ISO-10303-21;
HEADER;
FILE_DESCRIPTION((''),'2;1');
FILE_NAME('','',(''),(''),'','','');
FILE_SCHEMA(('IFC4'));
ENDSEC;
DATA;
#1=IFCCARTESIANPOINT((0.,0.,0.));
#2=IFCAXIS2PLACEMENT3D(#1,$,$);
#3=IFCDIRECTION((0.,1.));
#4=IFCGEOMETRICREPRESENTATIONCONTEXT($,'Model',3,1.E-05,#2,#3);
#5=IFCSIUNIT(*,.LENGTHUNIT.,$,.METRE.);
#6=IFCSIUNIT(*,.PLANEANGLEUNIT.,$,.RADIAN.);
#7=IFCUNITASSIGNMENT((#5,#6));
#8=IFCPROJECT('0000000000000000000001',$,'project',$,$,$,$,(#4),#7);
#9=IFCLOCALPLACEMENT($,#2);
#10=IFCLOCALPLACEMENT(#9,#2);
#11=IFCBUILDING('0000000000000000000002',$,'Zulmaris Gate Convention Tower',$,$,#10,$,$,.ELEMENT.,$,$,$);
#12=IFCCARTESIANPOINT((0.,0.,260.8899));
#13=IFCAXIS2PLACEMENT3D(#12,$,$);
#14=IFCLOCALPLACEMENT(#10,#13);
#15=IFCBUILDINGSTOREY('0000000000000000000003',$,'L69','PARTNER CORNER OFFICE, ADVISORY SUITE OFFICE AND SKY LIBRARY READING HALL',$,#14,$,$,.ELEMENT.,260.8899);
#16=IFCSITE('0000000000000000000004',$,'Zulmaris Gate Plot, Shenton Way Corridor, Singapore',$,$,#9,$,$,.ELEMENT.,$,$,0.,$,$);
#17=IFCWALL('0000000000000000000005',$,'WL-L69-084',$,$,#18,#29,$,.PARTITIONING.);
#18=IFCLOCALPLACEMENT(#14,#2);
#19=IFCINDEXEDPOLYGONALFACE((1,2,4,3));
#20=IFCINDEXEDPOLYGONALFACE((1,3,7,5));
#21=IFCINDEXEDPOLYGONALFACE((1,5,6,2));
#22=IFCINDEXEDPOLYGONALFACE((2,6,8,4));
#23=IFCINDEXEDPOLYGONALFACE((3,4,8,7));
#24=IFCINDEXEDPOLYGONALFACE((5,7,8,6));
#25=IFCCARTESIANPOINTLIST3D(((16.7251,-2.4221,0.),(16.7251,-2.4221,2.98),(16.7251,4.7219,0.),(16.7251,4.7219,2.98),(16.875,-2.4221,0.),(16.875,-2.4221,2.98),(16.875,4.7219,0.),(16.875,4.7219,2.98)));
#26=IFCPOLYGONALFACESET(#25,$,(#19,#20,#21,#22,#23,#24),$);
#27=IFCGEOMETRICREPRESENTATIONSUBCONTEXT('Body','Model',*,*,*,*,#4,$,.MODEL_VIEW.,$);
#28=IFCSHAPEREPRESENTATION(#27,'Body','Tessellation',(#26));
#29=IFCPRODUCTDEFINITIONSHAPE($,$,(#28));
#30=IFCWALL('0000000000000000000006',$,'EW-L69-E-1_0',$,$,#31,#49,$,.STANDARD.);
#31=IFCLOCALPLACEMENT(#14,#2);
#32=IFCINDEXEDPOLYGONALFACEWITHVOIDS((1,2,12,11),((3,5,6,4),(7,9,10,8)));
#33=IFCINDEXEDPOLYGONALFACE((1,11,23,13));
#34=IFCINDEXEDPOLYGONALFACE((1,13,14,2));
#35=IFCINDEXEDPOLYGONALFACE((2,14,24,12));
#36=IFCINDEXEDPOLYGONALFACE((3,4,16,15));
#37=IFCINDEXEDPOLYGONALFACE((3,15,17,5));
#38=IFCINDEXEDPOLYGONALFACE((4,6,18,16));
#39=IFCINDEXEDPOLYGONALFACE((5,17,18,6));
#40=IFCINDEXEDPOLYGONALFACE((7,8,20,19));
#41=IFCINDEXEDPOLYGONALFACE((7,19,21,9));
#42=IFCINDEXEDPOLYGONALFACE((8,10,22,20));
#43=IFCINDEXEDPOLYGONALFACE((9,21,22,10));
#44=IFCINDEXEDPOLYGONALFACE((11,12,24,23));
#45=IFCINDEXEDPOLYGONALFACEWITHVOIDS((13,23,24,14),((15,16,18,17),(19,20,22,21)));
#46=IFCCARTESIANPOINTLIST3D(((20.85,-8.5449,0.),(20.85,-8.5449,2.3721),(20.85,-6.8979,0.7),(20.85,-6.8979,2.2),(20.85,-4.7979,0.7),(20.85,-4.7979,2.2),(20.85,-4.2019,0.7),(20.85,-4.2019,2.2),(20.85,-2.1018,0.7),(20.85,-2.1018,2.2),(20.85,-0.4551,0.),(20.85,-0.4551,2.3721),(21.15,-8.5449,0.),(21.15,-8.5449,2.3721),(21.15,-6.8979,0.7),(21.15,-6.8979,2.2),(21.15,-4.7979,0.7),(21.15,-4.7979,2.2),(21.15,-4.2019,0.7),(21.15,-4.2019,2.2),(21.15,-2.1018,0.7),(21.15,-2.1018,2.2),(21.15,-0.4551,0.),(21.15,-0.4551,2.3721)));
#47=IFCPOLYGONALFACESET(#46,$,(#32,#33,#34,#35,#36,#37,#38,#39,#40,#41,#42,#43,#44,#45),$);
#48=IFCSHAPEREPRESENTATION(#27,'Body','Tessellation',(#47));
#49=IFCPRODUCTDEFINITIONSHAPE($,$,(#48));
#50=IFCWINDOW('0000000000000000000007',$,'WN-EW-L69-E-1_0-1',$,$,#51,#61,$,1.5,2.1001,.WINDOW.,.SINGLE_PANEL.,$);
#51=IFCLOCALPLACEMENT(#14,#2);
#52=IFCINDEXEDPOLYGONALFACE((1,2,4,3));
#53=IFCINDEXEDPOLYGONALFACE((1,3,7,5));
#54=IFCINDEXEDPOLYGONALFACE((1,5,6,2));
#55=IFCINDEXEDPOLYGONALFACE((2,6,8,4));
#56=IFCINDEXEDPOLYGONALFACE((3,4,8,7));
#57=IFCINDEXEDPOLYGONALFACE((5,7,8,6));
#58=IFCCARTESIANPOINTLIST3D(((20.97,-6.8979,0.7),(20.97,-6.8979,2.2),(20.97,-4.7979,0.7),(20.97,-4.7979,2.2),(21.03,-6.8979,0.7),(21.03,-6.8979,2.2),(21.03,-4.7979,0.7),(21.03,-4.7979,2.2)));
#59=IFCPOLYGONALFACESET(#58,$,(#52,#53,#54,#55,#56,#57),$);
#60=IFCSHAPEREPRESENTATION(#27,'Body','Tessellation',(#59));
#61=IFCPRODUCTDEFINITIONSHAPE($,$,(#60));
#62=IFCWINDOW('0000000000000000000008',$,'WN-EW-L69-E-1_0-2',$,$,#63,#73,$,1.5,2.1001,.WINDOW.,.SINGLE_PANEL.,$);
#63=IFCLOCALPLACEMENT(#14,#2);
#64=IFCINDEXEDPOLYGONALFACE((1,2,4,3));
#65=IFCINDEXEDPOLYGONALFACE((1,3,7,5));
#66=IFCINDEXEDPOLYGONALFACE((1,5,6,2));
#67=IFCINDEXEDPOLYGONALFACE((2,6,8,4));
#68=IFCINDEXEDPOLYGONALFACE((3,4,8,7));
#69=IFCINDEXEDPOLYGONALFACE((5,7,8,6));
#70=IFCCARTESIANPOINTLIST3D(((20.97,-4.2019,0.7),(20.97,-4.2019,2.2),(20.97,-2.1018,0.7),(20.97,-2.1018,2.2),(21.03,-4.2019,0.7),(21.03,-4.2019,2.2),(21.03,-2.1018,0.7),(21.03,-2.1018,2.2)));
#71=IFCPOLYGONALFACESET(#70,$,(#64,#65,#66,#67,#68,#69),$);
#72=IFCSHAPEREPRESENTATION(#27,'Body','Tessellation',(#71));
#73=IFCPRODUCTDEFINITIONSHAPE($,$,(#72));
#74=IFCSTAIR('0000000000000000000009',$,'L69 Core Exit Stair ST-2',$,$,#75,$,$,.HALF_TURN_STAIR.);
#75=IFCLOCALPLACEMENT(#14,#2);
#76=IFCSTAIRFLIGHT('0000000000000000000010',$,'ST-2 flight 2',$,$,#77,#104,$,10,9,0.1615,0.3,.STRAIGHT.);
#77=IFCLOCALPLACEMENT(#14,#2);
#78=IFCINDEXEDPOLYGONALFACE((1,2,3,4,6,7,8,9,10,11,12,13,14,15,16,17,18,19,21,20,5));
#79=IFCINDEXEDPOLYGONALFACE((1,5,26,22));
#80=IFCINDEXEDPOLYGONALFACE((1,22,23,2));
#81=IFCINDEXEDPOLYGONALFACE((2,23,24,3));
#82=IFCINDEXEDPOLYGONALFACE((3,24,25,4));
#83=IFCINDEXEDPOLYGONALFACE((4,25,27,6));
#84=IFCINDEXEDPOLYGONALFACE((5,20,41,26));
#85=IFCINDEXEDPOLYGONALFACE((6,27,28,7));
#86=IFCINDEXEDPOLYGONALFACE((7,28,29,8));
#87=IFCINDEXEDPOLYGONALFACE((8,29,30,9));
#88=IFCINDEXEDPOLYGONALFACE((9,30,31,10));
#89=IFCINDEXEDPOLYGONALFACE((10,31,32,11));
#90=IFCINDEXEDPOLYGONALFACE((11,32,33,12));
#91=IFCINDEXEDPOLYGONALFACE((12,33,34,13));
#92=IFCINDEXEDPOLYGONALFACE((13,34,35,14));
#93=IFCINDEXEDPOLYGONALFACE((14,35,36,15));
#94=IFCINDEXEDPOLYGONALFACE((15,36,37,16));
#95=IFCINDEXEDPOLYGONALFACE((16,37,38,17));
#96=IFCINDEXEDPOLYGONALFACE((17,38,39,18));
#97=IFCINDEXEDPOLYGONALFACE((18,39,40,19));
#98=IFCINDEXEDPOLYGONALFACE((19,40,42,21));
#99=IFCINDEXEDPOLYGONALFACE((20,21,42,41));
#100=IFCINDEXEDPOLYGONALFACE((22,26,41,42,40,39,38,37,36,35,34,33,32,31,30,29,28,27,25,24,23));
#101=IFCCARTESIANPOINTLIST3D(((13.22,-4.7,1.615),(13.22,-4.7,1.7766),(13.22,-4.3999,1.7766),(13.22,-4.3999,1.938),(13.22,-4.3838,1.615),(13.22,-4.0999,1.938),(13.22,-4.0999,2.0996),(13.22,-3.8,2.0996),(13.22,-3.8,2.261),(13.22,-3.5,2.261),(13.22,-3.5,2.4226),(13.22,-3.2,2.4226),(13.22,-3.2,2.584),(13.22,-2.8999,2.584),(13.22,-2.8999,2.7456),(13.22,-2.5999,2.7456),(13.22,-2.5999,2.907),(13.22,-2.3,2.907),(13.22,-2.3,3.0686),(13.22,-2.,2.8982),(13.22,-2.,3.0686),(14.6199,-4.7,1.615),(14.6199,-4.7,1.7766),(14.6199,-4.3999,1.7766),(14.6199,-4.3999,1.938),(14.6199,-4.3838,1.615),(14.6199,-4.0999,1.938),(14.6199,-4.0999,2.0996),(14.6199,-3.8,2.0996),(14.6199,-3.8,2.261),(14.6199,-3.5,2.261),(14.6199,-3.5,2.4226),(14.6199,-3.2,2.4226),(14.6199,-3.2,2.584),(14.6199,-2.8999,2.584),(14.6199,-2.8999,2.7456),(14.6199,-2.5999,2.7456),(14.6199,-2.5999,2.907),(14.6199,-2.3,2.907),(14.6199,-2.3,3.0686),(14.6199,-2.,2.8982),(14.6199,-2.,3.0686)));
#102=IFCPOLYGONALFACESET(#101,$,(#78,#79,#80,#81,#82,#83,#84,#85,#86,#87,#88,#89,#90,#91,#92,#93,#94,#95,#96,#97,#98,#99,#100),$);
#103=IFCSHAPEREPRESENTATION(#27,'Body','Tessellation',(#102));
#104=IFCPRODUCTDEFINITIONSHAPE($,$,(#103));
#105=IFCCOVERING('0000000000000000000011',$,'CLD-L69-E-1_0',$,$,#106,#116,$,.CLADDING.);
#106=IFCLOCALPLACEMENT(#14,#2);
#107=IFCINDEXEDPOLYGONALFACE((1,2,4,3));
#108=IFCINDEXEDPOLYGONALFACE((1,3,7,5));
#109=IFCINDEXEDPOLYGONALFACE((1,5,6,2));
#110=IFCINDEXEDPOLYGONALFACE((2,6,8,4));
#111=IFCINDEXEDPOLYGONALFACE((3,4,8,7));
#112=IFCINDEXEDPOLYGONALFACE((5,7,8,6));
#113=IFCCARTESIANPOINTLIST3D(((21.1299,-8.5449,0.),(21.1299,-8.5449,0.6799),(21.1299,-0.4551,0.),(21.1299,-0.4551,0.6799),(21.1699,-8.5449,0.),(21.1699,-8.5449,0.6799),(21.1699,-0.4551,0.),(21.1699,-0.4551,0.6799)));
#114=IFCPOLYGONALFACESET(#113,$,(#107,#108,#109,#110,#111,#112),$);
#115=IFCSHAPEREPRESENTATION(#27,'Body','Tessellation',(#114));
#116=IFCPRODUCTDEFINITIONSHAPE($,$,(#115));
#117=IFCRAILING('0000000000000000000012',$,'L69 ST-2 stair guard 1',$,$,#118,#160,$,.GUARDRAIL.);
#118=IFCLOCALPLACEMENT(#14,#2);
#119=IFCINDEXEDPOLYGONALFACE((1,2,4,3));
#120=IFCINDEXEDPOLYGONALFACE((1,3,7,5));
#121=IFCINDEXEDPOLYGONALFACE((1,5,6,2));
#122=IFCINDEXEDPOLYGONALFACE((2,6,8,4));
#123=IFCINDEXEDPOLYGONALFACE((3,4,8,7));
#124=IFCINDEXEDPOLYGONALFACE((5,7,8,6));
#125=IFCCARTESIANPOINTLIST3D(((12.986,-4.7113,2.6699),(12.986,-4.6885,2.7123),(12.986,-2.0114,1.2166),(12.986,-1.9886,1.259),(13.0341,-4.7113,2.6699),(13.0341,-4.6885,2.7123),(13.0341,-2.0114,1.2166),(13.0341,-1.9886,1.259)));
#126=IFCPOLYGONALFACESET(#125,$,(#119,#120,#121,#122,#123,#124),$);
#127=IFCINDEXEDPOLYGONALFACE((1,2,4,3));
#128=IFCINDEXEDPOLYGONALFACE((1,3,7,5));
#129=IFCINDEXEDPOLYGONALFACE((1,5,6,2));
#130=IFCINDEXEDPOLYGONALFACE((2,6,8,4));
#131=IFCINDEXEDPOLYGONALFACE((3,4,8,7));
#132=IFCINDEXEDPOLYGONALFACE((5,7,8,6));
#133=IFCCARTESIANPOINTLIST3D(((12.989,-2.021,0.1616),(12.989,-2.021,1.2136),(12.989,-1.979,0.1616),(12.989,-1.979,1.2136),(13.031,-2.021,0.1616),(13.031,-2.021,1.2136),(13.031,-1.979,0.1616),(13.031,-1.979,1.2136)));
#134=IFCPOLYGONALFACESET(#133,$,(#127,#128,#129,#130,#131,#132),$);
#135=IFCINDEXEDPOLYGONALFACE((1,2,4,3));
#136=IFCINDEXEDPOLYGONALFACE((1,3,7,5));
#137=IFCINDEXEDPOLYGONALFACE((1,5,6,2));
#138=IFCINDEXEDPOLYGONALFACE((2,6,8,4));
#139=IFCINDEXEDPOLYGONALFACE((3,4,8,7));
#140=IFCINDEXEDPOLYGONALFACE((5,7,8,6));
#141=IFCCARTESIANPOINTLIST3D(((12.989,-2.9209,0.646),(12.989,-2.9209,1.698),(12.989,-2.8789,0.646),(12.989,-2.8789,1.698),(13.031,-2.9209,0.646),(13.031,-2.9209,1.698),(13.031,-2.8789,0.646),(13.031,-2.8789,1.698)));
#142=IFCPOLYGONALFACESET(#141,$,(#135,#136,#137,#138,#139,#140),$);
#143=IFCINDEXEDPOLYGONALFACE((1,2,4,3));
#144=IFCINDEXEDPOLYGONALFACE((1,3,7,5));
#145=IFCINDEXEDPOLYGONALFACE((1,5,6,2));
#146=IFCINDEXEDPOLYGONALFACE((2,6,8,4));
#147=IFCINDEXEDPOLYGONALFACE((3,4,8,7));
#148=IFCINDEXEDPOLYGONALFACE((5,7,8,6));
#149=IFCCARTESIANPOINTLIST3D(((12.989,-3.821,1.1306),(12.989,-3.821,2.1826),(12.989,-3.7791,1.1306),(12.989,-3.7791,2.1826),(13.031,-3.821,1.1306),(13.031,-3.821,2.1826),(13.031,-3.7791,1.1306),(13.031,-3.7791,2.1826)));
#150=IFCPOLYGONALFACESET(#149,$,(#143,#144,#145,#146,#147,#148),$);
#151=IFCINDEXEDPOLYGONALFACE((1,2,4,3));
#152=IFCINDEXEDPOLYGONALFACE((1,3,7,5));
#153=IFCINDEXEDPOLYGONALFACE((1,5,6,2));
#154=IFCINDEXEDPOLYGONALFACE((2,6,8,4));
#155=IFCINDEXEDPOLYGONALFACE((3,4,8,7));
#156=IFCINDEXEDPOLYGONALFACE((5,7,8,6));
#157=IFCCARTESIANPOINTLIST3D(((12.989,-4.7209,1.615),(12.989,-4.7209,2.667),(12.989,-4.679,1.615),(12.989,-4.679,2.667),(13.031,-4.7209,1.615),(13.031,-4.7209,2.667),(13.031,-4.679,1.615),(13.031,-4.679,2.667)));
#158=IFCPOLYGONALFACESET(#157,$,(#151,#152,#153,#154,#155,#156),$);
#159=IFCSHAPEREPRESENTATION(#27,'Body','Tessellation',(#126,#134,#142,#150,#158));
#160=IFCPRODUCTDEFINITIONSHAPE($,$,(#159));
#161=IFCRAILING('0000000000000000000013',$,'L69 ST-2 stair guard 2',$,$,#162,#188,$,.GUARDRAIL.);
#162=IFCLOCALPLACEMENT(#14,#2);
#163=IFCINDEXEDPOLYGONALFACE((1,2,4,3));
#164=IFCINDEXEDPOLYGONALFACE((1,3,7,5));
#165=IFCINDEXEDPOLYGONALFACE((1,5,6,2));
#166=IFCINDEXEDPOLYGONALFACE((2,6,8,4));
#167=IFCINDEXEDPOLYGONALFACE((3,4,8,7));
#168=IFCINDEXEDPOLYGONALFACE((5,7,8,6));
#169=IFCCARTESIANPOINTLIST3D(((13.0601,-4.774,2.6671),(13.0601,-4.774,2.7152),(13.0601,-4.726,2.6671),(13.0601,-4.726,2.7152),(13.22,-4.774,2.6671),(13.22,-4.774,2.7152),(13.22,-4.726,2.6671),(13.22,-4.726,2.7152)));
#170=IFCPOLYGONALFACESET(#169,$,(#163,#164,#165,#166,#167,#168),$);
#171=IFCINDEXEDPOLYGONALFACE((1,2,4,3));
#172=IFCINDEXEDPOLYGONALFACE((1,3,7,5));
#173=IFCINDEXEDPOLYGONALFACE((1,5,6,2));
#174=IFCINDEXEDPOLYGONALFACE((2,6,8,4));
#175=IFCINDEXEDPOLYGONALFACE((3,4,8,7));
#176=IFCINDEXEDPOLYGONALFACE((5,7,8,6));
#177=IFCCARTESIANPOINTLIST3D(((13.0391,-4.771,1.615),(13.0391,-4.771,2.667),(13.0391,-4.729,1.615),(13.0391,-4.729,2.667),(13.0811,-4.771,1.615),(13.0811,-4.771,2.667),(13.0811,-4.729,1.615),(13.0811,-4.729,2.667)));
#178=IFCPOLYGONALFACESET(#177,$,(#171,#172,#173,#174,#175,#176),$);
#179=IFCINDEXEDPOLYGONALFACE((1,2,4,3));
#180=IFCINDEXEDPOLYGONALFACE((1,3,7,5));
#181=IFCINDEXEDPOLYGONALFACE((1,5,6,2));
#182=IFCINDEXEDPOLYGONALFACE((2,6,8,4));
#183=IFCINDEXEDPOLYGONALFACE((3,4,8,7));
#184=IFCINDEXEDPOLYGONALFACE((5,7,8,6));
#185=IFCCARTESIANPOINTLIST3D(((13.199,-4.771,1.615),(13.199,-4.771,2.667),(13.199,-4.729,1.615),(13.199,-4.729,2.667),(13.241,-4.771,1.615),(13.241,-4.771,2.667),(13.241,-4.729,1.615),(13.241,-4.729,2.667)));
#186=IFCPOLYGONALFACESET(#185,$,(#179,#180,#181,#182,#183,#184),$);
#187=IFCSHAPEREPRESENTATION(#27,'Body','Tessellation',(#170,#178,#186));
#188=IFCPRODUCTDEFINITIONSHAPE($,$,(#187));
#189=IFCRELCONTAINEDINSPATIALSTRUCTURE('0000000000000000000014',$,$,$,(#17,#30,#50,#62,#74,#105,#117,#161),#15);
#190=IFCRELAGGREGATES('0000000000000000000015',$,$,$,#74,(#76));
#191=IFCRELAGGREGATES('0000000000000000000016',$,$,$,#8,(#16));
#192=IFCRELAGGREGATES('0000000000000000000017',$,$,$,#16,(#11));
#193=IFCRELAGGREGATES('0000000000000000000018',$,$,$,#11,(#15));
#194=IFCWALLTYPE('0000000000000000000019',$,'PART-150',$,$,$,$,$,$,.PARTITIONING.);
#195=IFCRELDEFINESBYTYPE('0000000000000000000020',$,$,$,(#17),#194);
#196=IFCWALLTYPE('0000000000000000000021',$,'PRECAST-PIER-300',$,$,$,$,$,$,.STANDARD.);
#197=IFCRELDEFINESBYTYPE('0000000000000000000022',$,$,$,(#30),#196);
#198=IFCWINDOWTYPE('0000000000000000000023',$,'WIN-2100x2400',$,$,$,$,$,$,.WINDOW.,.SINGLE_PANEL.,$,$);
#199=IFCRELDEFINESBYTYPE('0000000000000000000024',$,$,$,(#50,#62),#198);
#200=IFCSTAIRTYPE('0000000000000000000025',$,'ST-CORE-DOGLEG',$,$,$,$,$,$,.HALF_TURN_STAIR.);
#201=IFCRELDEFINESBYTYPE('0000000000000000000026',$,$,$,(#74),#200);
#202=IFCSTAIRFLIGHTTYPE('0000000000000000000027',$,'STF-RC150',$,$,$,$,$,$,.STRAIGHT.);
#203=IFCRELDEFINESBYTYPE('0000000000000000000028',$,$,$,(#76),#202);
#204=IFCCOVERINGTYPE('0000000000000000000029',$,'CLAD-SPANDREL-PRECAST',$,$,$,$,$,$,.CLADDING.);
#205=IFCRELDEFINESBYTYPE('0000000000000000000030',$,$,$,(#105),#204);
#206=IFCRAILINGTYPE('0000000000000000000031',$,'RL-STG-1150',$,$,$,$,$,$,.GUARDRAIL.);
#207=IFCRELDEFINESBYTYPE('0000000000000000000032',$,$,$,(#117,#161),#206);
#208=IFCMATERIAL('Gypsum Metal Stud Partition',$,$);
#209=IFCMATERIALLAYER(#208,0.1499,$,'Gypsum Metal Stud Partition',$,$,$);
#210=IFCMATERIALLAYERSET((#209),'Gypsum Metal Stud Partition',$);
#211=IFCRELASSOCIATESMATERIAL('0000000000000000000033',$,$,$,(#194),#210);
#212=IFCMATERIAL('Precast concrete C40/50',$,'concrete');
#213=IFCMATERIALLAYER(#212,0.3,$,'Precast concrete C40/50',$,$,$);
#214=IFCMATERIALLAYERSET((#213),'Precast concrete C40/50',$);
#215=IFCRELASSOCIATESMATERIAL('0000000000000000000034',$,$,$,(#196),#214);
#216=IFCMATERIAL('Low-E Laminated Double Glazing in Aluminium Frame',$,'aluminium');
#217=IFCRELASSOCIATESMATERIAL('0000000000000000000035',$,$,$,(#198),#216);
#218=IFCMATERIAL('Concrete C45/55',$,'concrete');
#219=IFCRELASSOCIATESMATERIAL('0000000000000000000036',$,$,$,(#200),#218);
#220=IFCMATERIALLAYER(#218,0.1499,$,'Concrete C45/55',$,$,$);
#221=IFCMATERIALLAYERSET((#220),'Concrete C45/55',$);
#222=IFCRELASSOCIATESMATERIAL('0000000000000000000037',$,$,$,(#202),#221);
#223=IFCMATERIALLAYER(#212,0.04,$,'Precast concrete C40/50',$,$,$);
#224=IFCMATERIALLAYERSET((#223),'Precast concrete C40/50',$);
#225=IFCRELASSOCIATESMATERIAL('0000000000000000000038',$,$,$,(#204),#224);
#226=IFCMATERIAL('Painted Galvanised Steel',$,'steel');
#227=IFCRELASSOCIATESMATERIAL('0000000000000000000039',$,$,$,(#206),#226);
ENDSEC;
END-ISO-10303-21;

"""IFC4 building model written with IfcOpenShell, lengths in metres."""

from ifc_helpers import new_model, si_unit, direction, frame, frame_2d, origin, origin_2d, place, context, subcontext, project, spatial, polyline, rectangle, outline, extrude, material, layer, layer_set, type_object, element, fill, aggregate, save


model = new_model("IFC4")

# Units and contexts
model_context = context("Model", 3, precision=1e-05, world=origin(), true_north=direction((0.0, 1.0)))
body_context = subcontext(model_context, "Body", "Model", "MODEL_VIEW")
ifc_project = project(units=[si_unit("LENGTHUNIT", "METRE"), si_unit("PLANEANGLEUNIT", "RADIAN")], contexts=[model_context])

# Site, building, storey
site_placement = place(None, origin())
site = spatial("IfcSite", under=ifc_project, at=site_placement, Name="Zulmaris Gate Plot, Shenton Way Corridor, Singapore", CompositionType="ELEMENT", RefElevation=0.0)
building_placement = place(site_placement, origin())
building = spatial("IfcBuilding", under=site, at=building_placement, Name="Zulmaris Gate Convention Tower", CompositionType="ELEMENT")
storey_placement = place(building_placement, frame((0.0, 0.0, 260.8899)))
storey = spatial("IfcBuildingStorey", under=building, at=storey_placement, Name="L69", Description="PARTNER CORNER OFFICE, ADVISORY SUITE OFFICE AND SKY LIBRARY READING HALL", CompositionType="ELEMENT", Elevation=260.8899)

# Shared definitions
ifc_material_1 = material(Name="Gypsum Metal Stud Partition")
ifc_layer_1 = layer(ifc_material_1, 0.1499, Name="Gypsum Metal Stud Partition")
ifc_layer_set_1 = layer_set([ifc_layer_1], Name="Gypsum Metal Stud Partition")
wall_type_1 = type_object("IfcWallType", Name="PART-150", PredefinedType="PARTITIONING", material=ifc_layer_set_1)

# Wall
wall_1_placement = place(storey_placement, frame((16.8, -2.4221, 0.0), z_axis=(0.0, 0.0, 1.0), x_axis=(0.0, 1.0, 0.0)))
element("IfcWall", 1, at=wall_1_placement, inside=storey, type_object=wall_type_1, Name="WL-L69-084", PredefinedType="PARTITIONING", context=body_context, shape_type="SweptSolid", body=[
    extrude(rectangle(XDim=7.144, YDim=0.1499, at=frame_2d((3.572, 0.0))), origin(), (0.0, 0.0, 1.0), 2.98),
])

# Wall, openings, windows
ifc_material_2 = material(Name="Precast concrete C40/50", Category="concrete")
ifc_layer_2 = layer(ifc_material_2, 0.3, Name="Precast concrete C40/50")
ifc_layer_set_2 = layer_set([ifc_layer_2], Name="Precast concrete C40/50")
wall_type_2 = type_object("IfcWallType", Name="PRECAST-PIER-300", PredefinedType="STANDARD", material=ifc_layer_set_2)
wall_2_placement = place(storey_placement, frame((21.0, -8.5449, 0.0), z_axis=(0.0, 0.0, 1.0), x_axis=(0.0, 1.0, 0.0)))
wall_2 = element("IfcWall", 2, at=wall_2_placement, inside=storey, type_object=wall_type_2, Name="EW-L69-E-1_0", PredefinedType="STANDARD", context=body_context, shape_type="SweptSolid", body=[
    extrude(rectangle(XDim=8.0898, YDim=0.3, at=frame_2d((4.0449, 0.0))), origin(), (0.0, 0.0, 1.0), 2.3721),
])
opening_1_placement = place(wall_2_placement, frame((1.647, 0.0, 0.7)))
opening_1 = element("IfcOpeningElement", 3, at=opening_1_placement, cuts=wall_2, PredefinedType="OPENING", context=body_context, shape_type="SweptSolid", body=[
    extrude(rectangle(XDim=2.1001, YDim=1.5, at=frame_2d((1.05, 0.75))), frame((0.0, 0.1602, 0.0), z_axis=(0.0, -1.0, 0.0), x_axis=(1.0, 0.0, 0.0)), (0.0, 0.0, 1.0), 0.3201),
])
opening_2_placement = place(wall_2_placement, frame((4.343, 0.0, 0.7)))
opening_2 = element("IfcOpeningElement", 4, at=opening_2_placement, cuts=wall_2, PredefinedType="OPENING", context=body_context, shape_type="SweptSolid", body=[
    extrude(rectangle(XDim=2.1001, YDim=1.5, at=frame_2d((1.05, 0.75))), frame((0.0, 0.1602, 0.0), z_axis=(0.0, -1.0, 0.0), x_axis=(1.0, 0.0, 0.0)), (0.0, 0.0, 1.0), 0.3201),
])
ifc_material_3 = material(Name="Low-E Laminated Double Glazing in Aluminium Frame", Category="aluminium")
window_type = type_object("IfcWindowType", Name="WIN-2100x2400", PartitioningType="SINGLE_PANEL", PredefinedType="WINDOW", material=ifc_material_3)
window_1_placement = place(opening_1_placement, origin())
window_1 = element("IfcWindow", 5, at=window_1_placement, inside=storey, type_object=window_type, Name="WN-EW-L69-E-1_0-1", OverallHeight=1.5, OverallWidth=2.1001, PartitioningType="SINGLE_PANEL", PredefinedType="WINDOW", context=body_context, shape_type="SweptSolid", body=[
    extrude(rectangle(XDim=2.1001, YDim=1.5, at=frame_2d((1.05, 0.75))), frame((0.0, 0.03, 0.0), z_axis=(0.0, -1.0, 0.0), x_axis=(1.0, 0.0, 0.0)), (0.0, 0.0, 1.0), 0.0601),
])
fill(opening_1, window_1)
window_2_placement = place(opening_2_placement, origin())
window_2 = element("IfcWindow", 6, at=window_2_placement, inside=storey, type_object=window_type, Name="WN-EW-L69-E-1_0-2", OverallHeight=1.5, OverallWidth=2.1001, PartitioningType="SINGLE_PANEL", PredefinedType="WINDOW", context=body_context, shape_type="SweptSolid", body=[
    extrude(rectangle(XDim=2.1001, YDim=1.5, at=frame_2d((1.05, 0.75))), frame((0.0, 0.03, 0.0), z_axis=(0.0, -1.0, 0.0), x_axis=(1.0, 0.0, 0.0)), (0.0, 0.0, 1.0), 0.0601),
])
fill(opening_2, window_2)

# Stair, stair flight
ifc_material_4 = material(Name="Concrete C45/55", Category="concrete")
stair_type = type_object("IfcStairType", Name="ST-CORE-DOGLEG", PredefinedType="HALF_TURN_STAIR", material=ifc_material_4)
stair_placement = place(storey_placement, origin())
stair = element("IfcStair", 7, at=stair_placement, inside=storey, type_object=stair_type, Name="L69 Core Exit Stair ST-2", PredefinedType="HALF_TURN_STAIR")
ifc_layer_3 = layer(ifc_material_4, 0.1499, Name="Concrete C45/55")
ifc_layer_set_3 = layer_set([ifc_layer_3], Name="Concrete C45/55")
stair_flight_type = type_object("IfcStairFlightType", Name="STF-RC150", PredefinedType="STRAIGHT", material=ifc_layer_set_3)
stair_flight_placement = place(storey_placement, frame((13.9199, -4.7, 1.615), z_axis=(0.0, 0.0, 1.0), x_axis=(0.0, 1.0, 0.0)))
stair_flight = element("IfcStairFlight", 8, at=stair_flight_placement, type_object=stair_flight_type, Name="ST-2 flight 2", NumberOfRisers=10, NumberOfTreads=9, PredefinedType="STRAIGHT", RiserHeight=0.1615, TreadLength=0.3, context=body_context, shape_type="SweptSolid", body=[
    extrude(outline(polyline([(0.0, 0.0), (0.0, 0.1616), (0.3, 0.1616), (0.3, 0.323), (0.6001, 0.323), (0.6001, 0.4846), (0.8999, 0.4846), (0.8999, 0.646), (1.2, 0.646), (1.2, 0.8076), (1.5, 0.8076), (1.5, 0.969), (1.8, 0.969), (1.8, 1.1306), (2.1001, 1.1306), (2.1001, 1.292), (2.3999, 1.292), (2.3999, 1.4536), (2.7, 1.4536), (2.7, 1.615), (2.7, 1.2832), (0.3162, 0.0), (0.0, 0.0)])), frame((0.0, 0.7, 0.0), z_axis=(0.0, -1.0, 0.0), x_axis=(1.0, 0.0, 0.0)), (0.0, 0.0, 1.0), 1.3999),
])
aggregate(stair, [stair_flight])

# Covering
ifc_layer_4 = layer(ifc_material_2, 0.04, Name="Precast concrete C40/50")
ifc_layer_set_4 = layer_set([ifc_layer_4], Name="Precast concrete C40/50")
covering_type = type_object("IfcCoveringType", Name="CLAD-SPANDREL-PRECAST", PredefinedType="CLADDING", material=ifc_layer_set_4)
covering_placement = place(storey_placement, frame((21.1499, -8.5449, 0.0), z_axis=(0.0, 0.0, 1.0), x_axis=(0.0, 1.0, 0.0)))
element("IfcCovering", 9, at=covering_placement, inside=storey, type_object=covering_type, Name="CLD-L69-E-1_0", PredefinedType="CLADDING", context=body_context, shape_type="SweptSolid", body=[
    extrude(rectangle(XDim=8.0898, YDim=0.04, at=frame_2d((4.0449, 0.0))), origin(), (0.0, 0.0, 1.0), 0.6799),
])

# Railings
ifc_material_5 = material(Name="Painted Galvanised Steel", Category="steel")
railing_type_1 = type_object("IfcRailingType", Name="RL-STG-1150", PredefinedType="GUARDRAIL", material=ifc_material_5)
railing_1_placement = place(storey_placement, frame((13.01, -2.0, 0.1616)))
element("IfcRailing", 10, at=railing_1_placement, inside=storey, type_object=railing_type_1, Name="L69 ST-2 stair guard 1", PredefinedType="GUARDRAIL", context=body_context, shape_type="SweptSolid", body=[
    extrude(rectangle(XDim=0.0481, YDim=0.0481, at=origin_2d()), frame((0.0, 0.0, 1.0762), z_axis=(0.0, -0.880532, 0.473986), x_axis=(1.0, 0.0, 0.0)), (0.0, 0.0, 1.0), 3.0662),
    extrude(rectangle(XDim=0.042, YDim=0.042, at=origin_2d()), origin(), (0.0, 0.0, 1.0), 1.052),
    extrude(rectangle(XDim=0.042, YDim=0.042, at=origin_2d()), frame((0.0, -0.8999, 0.4844)), (0.0, 0.0, 1.0), 1.052),
    extrude(rectangle(XDim=0.042, YDim=0.042, at=origin_2d()), frame((0.0, -1.8, 0.969)), (0.0, 0.0, 1.0), 1.052),
    extrude(rectangle(XDim=0.042, YDim=0.042, at=origin_2d()), frame((0.0, -2.7, 1.4534)), (0.0, 0.0, 1.0), 1.052),
])
railing_2_placement = place(storey_placement, frame((13.0601, -4.75, 1.615)))
element("IfcRailing", 11, at=railing_2_placement, inside=storey, type_object=railing_type_1, Name="L69 ST-2 stair guard 2", PredefinedType="GUARDRAIL", context=body_context, shape_type="SweptSolid", body=[
    extrude(rectangle(XDim=0.0481, YDim=0.0481, at=origin_2d()), frame((0.0, 0.0, 1.0762), z_axis=(1.0, 0.0, 0.0), x_axis=(0.0, 1.0, 0.0)), (0.0, 0.0, 1.0), 0.1599),
    extrude(rectangle(XDim=0.042, YDim=0.042, at=origin_2d()), origin(), (0.0, 0.0, 1.0), 1.052),
    extrude(rectangle(XDim=0.042, YDim=0.042, at=origin_2d()), frame((0.1599, 0.0, 0.0)), (0.0, 0.0, 1.0), 1.052),
])

save(model, "model.ifc")
